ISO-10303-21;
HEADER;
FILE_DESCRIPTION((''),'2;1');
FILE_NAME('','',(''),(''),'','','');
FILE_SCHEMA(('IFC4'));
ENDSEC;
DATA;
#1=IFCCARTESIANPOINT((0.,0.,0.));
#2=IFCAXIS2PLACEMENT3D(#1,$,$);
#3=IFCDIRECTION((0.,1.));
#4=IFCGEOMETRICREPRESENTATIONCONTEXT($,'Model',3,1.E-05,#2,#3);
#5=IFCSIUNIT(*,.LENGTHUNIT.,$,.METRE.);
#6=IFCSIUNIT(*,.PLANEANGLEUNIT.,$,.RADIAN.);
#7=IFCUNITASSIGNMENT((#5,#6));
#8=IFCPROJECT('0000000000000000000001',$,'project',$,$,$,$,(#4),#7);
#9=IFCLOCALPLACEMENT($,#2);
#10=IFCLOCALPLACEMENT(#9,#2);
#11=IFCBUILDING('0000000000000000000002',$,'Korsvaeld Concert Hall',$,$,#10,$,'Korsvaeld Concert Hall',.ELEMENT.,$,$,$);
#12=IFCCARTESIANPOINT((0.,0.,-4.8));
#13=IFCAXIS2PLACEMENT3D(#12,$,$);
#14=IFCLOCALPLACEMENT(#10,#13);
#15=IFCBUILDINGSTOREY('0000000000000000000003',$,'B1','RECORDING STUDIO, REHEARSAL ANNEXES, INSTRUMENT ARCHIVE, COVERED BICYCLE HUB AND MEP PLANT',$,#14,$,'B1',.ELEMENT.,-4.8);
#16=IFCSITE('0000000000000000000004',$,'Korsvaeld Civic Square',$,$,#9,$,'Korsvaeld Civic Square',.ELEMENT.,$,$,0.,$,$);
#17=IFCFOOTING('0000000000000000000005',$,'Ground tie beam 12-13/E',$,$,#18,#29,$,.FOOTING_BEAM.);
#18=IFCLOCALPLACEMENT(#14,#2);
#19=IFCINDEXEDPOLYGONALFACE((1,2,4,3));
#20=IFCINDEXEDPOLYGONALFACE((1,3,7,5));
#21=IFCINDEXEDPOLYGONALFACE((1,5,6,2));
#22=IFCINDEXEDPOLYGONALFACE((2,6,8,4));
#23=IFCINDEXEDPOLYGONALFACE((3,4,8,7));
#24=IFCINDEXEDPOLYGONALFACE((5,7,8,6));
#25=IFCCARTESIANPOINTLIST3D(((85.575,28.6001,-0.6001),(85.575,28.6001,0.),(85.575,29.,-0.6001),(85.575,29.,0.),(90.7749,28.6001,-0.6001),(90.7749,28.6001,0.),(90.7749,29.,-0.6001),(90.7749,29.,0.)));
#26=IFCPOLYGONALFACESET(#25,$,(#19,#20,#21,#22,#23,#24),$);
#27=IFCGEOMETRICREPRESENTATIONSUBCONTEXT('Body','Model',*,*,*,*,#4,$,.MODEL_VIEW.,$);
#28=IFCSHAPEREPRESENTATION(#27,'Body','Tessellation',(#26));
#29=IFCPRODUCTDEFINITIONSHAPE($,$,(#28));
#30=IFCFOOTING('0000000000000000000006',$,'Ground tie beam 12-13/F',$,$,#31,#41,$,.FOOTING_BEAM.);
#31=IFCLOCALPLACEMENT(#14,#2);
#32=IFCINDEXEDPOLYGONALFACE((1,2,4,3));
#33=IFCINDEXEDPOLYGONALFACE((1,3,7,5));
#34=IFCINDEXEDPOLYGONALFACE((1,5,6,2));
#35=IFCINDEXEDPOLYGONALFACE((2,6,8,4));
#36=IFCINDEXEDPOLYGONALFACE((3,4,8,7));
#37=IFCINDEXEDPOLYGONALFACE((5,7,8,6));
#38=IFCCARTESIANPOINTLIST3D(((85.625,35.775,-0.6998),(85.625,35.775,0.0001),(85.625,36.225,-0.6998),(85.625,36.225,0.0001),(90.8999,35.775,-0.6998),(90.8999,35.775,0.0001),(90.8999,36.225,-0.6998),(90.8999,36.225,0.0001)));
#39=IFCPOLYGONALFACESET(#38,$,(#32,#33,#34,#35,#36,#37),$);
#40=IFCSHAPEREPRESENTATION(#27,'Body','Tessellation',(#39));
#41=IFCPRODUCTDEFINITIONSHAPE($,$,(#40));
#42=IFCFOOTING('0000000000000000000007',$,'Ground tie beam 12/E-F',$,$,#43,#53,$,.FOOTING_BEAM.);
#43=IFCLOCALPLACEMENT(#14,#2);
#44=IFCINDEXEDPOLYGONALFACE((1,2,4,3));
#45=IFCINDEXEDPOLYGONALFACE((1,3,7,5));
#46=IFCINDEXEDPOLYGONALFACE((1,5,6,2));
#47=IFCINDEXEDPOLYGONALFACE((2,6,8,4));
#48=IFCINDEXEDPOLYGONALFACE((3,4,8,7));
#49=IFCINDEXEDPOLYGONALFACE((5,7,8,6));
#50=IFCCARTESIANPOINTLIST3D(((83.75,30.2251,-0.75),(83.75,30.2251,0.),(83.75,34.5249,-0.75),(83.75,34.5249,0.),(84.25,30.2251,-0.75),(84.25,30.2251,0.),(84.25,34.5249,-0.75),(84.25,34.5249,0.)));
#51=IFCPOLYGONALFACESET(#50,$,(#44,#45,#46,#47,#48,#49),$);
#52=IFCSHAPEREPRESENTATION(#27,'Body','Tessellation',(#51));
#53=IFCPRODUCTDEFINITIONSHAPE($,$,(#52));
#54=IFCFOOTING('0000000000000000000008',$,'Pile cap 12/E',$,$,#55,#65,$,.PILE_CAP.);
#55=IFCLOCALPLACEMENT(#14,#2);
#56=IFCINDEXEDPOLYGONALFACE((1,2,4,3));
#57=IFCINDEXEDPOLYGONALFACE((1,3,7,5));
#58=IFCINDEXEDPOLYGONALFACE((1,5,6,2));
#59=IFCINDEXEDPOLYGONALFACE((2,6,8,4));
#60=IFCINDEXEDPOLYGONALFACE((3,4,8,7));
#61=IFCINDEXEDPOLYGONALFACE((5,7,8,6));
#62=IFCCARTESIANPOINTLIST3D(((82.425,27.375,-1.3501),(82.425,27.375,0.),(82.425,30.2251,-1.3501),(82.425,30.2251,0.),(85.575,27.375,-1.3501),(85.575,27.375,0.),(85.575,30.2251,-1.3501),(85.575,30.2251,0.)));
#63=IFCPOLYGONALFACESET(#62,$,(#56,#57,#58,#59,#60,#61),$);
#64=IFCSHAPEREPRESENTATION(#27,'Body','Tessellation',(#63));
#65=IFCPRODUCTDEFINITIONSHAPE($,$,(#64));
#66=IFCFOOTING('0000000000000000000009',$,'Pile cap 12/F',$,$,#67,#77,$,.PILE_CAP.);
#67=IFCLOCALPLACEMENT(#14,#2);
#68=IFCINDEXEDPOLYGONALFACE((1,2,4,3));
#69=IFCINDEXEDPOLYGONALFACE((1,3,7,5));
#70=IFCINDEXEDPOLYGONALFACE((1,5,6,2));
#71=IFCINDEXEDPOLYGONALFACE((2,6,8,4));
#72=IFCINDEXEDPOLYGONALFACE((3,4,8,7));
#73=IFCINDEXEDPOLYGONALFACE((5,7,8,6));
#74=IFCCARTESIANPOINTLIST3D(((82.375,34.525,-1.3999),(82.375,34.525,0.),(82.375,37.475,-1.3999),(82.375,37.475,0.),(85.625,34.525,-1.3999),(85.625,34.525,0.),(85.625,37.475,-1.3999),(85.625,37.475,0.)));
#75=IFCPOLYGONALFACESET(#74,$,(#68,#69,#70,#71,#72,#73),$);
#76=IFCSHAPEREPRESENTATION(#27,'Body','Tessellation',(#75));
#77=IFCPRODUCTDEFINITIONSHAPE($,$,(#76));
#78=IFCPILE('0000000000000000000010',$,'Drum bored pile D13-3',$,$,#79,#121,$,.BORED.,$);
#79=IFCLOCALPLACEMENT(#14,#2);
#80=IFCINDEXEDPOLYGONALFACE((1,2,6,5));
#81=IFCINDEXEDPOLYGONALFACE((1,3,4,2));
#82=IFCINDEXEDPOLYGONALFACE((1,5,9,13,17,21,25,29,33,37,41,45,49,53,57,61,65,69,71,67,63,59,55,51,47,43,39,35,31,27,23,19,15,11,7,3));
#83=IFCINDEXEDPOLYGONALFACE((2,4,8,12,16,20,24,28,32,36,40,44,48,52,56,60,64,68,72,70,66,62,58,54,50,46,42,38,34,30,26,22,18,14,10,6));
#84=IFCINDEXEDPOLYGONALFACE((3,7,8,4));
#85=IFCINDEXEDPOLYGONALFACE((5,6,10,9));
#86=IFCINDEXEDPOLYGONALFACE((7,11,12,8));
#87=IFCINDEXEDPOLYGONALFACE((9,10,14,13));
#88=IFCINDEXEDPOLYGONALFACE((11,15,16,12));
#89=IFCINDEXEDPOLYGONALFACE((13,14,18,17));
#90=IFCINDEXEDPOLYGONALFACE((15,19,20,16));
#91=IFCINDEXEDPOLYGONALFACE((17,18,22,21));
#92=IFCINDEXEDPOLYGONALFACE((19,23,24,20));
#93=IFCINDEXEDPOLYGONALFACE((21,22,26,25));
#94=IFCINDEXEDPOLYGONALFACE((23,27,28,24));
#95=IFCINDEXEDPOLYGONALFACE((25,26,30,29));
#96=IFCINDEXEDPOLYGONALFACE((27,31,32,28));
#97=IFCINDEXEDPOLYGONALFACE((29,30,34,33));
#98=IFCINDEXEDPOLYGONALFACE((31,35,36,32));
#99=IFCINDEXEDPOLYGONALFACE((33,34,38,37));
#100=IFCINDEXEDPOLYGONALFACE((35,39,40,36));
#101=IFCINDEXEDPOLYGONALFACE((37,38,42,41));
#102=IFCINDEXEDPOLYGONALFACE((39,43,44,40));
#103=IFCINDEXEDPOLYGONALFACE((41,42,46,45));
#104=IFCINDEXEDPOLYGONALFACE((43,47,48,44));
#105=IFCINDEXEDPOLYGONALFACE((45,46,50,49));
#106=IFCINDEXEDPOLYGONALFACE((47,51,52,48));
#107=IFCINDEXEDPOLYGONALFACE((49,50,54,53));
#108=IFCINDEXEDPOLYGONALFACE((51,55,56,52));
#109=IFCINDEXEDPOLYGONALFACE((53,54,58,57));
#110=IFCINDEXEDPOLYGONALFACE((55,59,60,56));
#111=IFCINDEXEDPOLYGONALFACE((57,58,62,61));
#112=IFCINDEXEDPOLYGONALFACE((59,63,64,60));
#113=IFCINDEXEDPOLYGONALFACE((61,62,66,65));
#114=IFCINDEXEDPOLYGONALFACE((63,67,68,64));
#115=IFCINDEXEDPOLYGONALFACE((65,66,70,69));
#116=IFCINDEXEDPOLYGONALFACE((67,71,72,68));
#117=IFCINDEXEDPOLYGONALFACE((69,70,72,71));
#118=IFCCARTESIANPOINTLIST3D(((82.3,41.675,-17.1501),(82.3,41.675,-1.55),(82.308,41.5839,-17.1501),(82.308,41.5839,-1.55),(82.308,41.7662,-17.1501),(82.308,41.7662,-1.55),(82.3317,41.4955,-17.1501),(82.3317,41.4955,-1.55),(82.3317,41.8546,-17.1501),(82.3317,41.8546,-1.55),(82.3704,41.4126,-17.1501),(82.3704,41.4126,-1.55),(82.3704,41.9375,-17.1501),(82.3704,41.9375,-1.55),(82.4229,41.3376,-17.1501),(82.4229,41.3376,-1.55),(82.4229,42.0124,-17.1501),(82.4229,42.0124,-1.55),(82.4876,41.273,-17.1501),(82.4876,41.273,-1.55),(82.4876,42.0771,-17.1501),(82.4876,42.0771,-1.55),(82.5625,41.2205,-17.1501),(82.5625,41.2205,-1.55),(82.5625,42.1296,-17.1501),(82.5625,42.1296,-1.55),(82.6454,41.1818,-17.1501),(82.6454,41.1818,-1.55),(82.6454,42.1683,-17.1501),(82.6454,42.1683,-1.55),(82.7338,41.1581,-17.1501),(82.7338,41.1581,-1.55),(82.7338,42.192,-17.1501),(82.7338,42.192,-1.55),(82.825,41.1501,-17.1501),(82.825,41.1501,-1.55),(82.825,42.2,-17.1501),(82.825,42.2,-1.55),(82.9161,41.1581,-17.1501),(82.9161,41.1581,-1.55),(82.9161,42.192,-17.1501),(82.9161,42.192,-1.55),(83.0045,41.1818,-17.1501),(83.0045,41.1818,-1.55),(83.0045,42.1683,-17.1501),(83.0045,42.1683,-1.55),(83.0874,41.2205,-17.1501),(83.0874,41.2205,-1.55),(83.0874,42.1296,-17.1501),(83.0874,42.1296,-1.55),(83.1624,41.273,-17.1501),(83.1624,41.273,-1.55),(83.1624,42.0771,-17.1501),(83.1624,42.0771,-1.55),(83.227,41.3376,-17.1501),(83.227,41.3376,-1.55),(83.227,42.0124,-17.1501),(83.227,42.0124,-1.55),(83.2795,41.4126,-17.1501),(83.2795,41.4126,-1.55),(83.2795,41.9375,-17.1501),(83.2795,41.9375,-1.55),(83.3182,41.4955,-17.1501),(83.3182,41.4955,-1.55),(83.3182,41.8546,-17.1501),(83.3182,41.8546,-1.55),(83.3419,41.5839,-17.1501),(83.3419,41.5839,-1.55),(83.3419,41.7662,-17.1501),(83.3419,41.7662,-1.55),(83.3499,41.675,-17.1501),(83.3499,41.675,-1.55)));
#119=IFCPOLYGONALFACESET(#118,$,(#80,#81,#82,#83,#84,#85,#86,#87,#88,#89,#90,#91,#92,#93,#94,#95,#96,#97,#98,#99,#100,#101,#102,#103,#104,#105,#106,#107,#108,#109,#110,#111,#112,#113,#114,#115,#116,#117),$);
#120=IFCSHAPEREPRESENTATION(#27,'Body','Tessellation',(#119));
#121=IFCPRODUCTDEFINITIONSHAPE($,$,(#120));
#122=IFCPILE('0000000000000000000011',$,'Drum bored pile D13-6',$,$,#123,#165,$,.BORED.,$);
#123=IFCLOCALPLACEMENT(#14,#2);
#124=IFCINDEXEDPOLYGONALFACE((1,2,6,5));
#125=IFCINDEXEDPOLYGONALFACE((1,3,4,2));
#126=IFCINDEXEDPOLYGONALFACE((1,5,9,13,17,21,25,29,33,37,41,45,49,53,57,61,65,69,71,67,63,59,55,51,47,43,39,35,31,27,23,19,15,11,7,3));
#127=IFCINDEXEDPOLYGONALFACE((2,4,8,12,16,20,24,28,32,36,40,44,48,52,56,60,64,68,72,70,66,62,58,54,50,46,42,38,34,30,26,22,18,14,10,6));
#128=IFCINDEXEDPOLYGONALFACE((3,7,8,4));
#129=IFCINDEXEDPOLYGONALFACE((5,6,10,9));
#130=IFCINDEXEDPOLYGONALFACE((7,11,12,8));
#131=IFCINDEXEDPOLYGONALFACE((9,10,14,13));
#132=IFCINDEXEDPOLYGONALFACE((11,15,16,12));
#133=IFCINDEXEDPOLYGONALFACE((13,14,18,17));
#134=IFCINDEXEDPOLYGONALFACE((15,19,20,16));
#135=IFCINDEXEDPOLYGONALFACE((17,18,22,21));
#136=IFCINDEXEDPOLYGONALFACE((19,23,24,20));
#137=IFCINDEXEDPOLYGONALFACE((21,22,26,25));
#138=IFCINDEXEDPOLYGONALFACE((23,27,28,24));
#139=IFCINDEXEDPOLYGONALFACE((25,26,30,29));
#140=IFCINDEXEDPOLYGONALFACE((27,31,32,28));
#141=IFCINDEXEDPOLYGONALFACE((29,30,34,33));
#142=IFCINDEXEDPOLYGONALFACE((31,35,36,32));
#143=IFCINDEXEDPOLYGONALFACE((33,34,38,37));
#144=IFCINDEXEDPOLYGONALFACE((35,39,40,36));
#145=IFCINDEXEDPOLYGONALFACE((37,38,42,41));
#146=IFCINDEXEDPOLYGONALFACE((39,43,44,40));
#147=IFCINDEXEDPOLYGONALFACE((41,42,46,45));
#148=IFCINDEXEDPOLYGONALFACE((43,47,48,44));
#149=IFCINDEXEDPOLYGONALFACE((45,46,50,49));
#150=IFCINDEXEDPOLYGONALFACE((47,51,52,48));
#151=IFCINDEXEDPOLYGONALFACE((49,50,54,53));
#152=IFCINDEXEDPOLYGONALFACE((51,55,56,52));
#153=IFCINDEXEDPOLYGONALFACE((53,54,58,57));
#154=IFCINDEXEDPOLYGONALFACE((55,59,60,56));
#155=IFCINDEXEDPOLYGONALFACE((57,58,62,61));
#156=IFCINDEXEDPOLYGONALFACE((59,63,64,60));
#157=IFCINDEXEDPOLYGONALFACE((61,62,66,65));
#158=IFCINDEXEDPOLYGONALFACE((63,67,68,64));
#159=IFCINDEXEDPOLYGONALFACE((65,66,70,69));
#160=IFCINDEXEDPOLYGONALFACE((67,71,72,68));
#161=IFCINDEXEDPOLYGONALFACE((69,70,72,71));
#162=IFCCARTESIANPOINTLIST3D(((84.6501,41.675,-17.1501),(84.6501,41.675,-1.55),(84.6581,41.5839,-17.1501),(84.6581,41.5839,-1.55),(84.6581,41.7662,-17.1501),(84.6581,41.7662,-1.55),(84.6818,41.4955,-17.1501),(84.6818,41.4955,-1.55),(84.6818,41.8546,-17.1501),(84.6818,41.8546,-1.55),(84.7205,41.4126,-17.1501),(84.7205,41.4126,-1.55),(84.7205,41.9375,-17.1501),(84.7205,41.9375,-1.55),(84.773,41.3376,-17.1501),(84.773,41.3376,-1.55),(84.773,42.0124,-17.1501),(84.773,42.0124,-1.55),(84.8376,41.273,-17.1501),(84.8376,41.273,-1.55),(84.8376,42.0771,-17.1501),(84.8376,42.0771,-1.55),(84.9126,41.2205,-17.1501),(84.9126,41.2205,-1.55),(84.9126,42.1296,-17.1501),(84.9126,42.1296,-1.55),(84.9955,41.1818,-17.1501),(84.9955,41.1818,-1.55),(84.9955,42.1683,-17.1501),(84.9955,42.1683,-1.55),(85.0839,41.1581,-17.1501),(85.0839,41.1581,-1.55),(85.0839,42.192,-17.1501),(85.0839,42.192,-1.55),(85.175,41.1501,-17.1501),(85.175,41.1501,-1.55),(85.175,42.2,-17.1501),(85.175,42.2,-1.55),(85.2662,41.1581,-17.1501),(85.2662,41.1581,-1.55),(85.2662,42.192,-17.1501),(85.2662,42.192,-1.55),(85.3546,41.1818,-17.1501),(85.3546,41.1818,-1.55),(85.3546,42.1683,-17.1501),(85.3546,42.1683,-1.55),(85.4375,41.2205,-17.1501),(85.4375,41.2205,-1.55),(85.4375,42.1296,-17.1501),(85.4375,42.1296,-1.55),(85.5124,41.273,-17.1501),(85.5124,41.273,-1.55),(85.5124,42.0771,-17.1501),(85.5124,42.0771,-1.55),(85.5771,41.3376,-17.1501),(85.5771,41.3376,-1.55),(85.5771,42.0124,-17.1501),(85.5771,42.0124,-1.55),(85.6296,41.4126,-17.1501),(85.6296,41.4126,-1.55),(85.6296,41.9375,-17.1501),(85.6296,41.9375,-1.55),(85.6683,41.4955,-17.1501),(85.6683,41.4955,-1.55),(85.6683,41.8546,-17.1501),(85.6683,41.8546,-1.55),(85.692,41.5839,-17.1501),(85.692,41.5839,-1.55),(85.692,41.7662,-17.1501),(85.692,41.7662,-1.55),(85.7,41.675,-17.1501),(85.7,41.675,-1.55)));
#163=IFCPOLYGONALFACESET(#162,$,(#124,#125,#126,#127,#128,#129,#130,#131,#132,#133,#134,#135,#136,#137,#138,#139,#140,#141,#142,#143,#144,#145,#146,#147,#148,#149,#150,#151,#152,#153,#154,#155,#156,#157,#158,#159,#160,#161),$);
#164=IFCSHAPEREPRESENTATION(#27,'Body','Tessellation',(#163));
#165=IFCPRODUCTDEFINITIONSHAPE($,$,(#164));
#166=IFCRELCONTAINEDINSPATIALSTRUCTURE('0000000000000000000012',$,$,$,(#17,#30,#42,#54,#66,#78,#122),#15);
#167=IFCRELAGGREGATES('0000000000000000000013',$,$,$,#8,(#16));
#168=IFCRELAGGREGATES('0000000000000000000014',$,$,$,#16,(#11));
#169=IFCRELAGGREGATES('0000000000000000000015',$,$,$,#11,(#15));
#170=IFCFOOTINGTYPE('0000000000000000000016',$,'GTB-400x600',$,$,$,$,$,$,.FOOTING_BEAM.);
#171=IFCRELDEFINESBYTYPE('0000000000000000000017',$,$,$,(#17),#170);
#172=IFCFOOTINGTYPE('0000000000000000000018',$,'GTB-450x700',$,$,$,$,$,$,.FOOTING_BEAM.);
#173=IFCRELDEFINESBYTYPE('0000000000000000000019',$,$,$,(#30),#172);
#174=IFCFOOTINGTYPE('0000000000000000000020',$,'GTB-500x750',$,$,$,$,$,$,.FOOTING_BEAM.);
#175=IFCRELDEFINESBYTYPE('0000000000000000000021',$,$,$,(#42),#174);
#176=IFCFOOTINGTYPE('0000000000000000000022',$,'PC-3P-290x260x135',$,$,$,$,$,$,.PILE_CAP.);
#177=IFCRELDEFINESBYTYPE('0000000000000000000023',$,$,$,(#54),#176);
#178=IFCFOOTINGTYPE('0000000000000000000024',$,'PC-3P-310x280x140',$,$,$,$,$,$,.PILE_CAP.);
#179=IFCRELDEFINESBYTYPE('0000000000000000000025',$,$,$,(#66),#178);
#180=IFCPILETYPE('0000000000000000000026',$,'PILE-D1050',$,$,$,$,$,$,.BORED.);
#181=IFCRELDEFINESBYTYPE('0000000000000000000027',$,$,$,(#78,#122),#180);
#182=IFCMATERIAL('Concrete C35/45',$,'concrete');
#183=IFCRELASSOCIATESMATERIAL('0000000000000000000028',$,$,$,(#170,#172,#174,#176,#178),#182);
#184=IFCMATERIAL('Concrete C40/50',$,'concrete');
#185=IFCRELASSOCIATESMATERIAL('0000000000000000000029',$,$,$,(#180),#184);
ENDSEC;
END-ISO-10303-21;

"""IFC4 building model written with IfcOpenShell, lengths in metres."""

from ifc_helpers import new_model, si_unit, direction, frame, origin, origin_2d, place, context, subcontext, project, spatial, rectangle, circle, extrude, material, material_profile, profile_set, type_object, element, save


model = new_model("IFC4")

# Units and contexts
model_context = context("Model", 3, precision=1e-05, world=origin(), true_north=direction((0.0, 1.0)))
body_context = subcontext(model_context, "Body", "Model", "MODEL_VIEW")
ifc_project = project(units=[si_unit("LENGTHUNIT", "METRE"), si_unit("PLANEANGLEUNIT", "RADIAN")], contexts=[model_context])

# Site, building, storey
site_placement = place(None, origin())
site = spatial("IfcSite", under=ifc_project, at=site_placement, Name="Korsvaeld Civic Square", LongName="Korsvaeld Civic Square", CompositionType="ELEMENT", RefElevation=0.0)
building_placement = place(site_placement, origin())
building = spatial("IfcBuilding", under=site, at=building_placement, Name="Korsvaeld Concert Hall", LongName="Korsvaeld Concert Hall", CompositionType="ELEMENT")
storey_placement = place(building_placement, frame((0.0, 0.0, -4.8)))
storey = spatial("IfcBuildingStorey", under=building, at=storey_placement, Name="B1", Description="RECORDING STUDIO, REHEARSAL ANNEXES, INSTRUMENT ARCHIVE, COVERED BICYCLE HUB AND MEP PLANT", LongName="B1", CompositionType="ELEMENT", Elevation=-4.8)

# Footings
ifc_material_1 = material(Name="Concrete C35/45", Category="concrete")
ifc_material_profile_1 = material_profile(ifc_material_1, rectangle(XDim=0.3999, YDim=0.6001, at=origin_2d()), Name="GTB 400x600")
ifc_profile_set_1 = profile_set([ifc_material_profile_1], Name="Concrete C35/45")
footing_type_1 = type_object("IfcFootingType", Name="GTB-400x600", PredefinedType="FOOTING_BEAM", material=ifc_profile_set_1)
footing_1_placement = place(storey_placement, frame((85.575, 28.8, -0.3), z_axis=(1.0, 0.0, 0.0), x_axis=(0.0, 1.0, 0.0)))
element("IfcFooting", 1, at=footing_1_placement, inside=storey, type_object=footing_type_1, Name="Ground tie beam 12-13/E", PredefinedType="FOOTING_BEAM", context=body_context, shape_type="SweptSolid", body=[
    extrude(rectangle(XDim=0.3999, YDim=0.6001, at=origin_2d()), origin(), (0.0, 0.0, 1.0), 5.2),
])
ifc_material_profile_2 = material_profile(ifc_material_1, rectangle(XDim=0.45, YDim=0.7, at=origin_2d()), Name="GTB 450x700")
ifc_profile_set_2 = profile_set([ifc_material_profile_2], Name="Concrete C35/45")
footing_type_2 = type_object("IfcFootingType", Name="GTB-450x700", PredefinedType="FOOTING_BEAM", material=ifc_profile_set_2)
footing_2_placement = place(storey_placement, frame((85.625, 36.0, -0.3499), z_axis=(1.0, 0.0, 0.0), x_axis=(0.0, 1.0, 0.0)))
element("IfcFooting", 2, at=footing_2_placement, inside=storey, type_object=footing_type_2, Name="Ground tie beam 12-13/F", PredefinedType="FOOTING_BEAM", context=body_context, shape_type="SweptSolid", body=[
    extrude(rectangle(XDim=0.45, YDim=0.7, at=origin_2d()), origin(), (0.0, 0.0, 1.0), 5.2749),
])
ifc_material_profile_3 = material_profile(ifc_material_1, rectangle(XDim=0.5, YDim=0.75, at=origin_2d()), Name="GTB 500x750")
ifc_profile_set_3 = profile_set([ifc_material_profile_3], Name="Concrete C35/45")
footing_type_3 = type_object("IfcFootingType", Name="GTB-500x750", PredefinedType="FOOTING_BEAM", material=ifc_profile_set_3)
footing_3_placement = place(storey_placement, frame((84.0, 30.2251, -0.375), z_axis=(0.0, 1.0, 0.0), x_axis=(-1.0, 0.0, 0.0)))
element("IfcFooting", 3, at=footing_3_placement, inside=storey, type_object=footing_type_3, Name="Ground tie beam 12/E-F", PredefinedType="FOOTING_BEAM", context=body_context, shape_type="SweptSolid", body=[
    extrude(rectangle(XDim=0.5, YDim=0.75, at=origin_2d()), origin(), (0.0, 0.0, 1.0), 4.2998),
])
footing_type_4 = type_object("IfcFootingType", Name="PC-3P-290x260x135", PredefinedType="PILE_CAP", material=ifc_material_1)
footing_4_placement = place(storey_placement, frame((84.0, 28.8, -1.3501), z_axis=(0.0, 0.0, 1.0), x_axis=(1.0, 0.0, 0.0)))
element("IfcFooting", 4, at=footing_4_placement, inside=storey, type_object=footing_type_4, Name="Pile cap 12/E", PredefinedType="PILE_CAP", context=body_context, shape_type="SweptSolid", body=[
    extrude(rectangle(XDim=3.1499, YDim=2.8501, at=origin_2d()), origin(), (0.0, 0.0, 1.0), 1.3501),
])
footing_type_5 = type_object("IfcFootingType", Name="PC-3P-310x280x140", PredefinedType="PILE_CAP", material=ifc_material_1)
footing_5_placement = place(storey_placement, frame((84.0, 36.0, -1.3999), z_axis=(0.0, 0.0, 1.0), x_axis=(1.0, 0.0, 0.0)))
element("IfcFooting", 5, at=footing_5_placement, inside=storey, type_object=footing_type_5, Name="Pile cap 12/F", PredefinedType="PILE_CAP", context=body_context, shape_type="SweptSolid", body=[
    extrude(rectangle(XDim=3.25, YDim=2.95, at=origin_2d()), origin(), (0.0, 0.0, 1.0), 1.3999),
])

# Piles
ifc_material_2 = material(Name="Concrete C40/50", Category="concrete")
ifc_material_profile_4 = material_profile(ifc_material_2, circle(Radius=0.5249, at=origin_2d()), Name="BORED PILE D1050")
ifc_profile_set_4 = profile_set([ifc_material_profile_4], Name="Concrete C40/50")
pile_type_1 = type_object("IfcPileType", Name="PILE-D1050", PredefinedType="BORED", material=ifc_profile_set_4)
for number, where, z_axis, x_axis, name in (
    (6, (82.825, 41.675, -1.55), (0.0, 0.0, -1.0), (1.0, 0.0, 0.0), "Drum bored pile D13-3"),
    (7, (85.175, 41.675, -1.55), (0.0, 0.0, -1.0), (1.0, 0.0, 0.0), "Drum bored pile D13-6"),
):
    element("IfcPile", number, at=place(storey_placement, frame(where, z_axis=z_axis, x_axis=x_axis)), inside=storey, type_object=pile_type_1, Name=name, PredefinedType="BORED", context=body_context, shape_type="SweptSolid", body=[
        extrude(circle(Radius=0.5249, at=origin_2d()), origin(), (0.0, 0.0, 1.0), 15.6001),
    ])

save(model, "model.ifc")
